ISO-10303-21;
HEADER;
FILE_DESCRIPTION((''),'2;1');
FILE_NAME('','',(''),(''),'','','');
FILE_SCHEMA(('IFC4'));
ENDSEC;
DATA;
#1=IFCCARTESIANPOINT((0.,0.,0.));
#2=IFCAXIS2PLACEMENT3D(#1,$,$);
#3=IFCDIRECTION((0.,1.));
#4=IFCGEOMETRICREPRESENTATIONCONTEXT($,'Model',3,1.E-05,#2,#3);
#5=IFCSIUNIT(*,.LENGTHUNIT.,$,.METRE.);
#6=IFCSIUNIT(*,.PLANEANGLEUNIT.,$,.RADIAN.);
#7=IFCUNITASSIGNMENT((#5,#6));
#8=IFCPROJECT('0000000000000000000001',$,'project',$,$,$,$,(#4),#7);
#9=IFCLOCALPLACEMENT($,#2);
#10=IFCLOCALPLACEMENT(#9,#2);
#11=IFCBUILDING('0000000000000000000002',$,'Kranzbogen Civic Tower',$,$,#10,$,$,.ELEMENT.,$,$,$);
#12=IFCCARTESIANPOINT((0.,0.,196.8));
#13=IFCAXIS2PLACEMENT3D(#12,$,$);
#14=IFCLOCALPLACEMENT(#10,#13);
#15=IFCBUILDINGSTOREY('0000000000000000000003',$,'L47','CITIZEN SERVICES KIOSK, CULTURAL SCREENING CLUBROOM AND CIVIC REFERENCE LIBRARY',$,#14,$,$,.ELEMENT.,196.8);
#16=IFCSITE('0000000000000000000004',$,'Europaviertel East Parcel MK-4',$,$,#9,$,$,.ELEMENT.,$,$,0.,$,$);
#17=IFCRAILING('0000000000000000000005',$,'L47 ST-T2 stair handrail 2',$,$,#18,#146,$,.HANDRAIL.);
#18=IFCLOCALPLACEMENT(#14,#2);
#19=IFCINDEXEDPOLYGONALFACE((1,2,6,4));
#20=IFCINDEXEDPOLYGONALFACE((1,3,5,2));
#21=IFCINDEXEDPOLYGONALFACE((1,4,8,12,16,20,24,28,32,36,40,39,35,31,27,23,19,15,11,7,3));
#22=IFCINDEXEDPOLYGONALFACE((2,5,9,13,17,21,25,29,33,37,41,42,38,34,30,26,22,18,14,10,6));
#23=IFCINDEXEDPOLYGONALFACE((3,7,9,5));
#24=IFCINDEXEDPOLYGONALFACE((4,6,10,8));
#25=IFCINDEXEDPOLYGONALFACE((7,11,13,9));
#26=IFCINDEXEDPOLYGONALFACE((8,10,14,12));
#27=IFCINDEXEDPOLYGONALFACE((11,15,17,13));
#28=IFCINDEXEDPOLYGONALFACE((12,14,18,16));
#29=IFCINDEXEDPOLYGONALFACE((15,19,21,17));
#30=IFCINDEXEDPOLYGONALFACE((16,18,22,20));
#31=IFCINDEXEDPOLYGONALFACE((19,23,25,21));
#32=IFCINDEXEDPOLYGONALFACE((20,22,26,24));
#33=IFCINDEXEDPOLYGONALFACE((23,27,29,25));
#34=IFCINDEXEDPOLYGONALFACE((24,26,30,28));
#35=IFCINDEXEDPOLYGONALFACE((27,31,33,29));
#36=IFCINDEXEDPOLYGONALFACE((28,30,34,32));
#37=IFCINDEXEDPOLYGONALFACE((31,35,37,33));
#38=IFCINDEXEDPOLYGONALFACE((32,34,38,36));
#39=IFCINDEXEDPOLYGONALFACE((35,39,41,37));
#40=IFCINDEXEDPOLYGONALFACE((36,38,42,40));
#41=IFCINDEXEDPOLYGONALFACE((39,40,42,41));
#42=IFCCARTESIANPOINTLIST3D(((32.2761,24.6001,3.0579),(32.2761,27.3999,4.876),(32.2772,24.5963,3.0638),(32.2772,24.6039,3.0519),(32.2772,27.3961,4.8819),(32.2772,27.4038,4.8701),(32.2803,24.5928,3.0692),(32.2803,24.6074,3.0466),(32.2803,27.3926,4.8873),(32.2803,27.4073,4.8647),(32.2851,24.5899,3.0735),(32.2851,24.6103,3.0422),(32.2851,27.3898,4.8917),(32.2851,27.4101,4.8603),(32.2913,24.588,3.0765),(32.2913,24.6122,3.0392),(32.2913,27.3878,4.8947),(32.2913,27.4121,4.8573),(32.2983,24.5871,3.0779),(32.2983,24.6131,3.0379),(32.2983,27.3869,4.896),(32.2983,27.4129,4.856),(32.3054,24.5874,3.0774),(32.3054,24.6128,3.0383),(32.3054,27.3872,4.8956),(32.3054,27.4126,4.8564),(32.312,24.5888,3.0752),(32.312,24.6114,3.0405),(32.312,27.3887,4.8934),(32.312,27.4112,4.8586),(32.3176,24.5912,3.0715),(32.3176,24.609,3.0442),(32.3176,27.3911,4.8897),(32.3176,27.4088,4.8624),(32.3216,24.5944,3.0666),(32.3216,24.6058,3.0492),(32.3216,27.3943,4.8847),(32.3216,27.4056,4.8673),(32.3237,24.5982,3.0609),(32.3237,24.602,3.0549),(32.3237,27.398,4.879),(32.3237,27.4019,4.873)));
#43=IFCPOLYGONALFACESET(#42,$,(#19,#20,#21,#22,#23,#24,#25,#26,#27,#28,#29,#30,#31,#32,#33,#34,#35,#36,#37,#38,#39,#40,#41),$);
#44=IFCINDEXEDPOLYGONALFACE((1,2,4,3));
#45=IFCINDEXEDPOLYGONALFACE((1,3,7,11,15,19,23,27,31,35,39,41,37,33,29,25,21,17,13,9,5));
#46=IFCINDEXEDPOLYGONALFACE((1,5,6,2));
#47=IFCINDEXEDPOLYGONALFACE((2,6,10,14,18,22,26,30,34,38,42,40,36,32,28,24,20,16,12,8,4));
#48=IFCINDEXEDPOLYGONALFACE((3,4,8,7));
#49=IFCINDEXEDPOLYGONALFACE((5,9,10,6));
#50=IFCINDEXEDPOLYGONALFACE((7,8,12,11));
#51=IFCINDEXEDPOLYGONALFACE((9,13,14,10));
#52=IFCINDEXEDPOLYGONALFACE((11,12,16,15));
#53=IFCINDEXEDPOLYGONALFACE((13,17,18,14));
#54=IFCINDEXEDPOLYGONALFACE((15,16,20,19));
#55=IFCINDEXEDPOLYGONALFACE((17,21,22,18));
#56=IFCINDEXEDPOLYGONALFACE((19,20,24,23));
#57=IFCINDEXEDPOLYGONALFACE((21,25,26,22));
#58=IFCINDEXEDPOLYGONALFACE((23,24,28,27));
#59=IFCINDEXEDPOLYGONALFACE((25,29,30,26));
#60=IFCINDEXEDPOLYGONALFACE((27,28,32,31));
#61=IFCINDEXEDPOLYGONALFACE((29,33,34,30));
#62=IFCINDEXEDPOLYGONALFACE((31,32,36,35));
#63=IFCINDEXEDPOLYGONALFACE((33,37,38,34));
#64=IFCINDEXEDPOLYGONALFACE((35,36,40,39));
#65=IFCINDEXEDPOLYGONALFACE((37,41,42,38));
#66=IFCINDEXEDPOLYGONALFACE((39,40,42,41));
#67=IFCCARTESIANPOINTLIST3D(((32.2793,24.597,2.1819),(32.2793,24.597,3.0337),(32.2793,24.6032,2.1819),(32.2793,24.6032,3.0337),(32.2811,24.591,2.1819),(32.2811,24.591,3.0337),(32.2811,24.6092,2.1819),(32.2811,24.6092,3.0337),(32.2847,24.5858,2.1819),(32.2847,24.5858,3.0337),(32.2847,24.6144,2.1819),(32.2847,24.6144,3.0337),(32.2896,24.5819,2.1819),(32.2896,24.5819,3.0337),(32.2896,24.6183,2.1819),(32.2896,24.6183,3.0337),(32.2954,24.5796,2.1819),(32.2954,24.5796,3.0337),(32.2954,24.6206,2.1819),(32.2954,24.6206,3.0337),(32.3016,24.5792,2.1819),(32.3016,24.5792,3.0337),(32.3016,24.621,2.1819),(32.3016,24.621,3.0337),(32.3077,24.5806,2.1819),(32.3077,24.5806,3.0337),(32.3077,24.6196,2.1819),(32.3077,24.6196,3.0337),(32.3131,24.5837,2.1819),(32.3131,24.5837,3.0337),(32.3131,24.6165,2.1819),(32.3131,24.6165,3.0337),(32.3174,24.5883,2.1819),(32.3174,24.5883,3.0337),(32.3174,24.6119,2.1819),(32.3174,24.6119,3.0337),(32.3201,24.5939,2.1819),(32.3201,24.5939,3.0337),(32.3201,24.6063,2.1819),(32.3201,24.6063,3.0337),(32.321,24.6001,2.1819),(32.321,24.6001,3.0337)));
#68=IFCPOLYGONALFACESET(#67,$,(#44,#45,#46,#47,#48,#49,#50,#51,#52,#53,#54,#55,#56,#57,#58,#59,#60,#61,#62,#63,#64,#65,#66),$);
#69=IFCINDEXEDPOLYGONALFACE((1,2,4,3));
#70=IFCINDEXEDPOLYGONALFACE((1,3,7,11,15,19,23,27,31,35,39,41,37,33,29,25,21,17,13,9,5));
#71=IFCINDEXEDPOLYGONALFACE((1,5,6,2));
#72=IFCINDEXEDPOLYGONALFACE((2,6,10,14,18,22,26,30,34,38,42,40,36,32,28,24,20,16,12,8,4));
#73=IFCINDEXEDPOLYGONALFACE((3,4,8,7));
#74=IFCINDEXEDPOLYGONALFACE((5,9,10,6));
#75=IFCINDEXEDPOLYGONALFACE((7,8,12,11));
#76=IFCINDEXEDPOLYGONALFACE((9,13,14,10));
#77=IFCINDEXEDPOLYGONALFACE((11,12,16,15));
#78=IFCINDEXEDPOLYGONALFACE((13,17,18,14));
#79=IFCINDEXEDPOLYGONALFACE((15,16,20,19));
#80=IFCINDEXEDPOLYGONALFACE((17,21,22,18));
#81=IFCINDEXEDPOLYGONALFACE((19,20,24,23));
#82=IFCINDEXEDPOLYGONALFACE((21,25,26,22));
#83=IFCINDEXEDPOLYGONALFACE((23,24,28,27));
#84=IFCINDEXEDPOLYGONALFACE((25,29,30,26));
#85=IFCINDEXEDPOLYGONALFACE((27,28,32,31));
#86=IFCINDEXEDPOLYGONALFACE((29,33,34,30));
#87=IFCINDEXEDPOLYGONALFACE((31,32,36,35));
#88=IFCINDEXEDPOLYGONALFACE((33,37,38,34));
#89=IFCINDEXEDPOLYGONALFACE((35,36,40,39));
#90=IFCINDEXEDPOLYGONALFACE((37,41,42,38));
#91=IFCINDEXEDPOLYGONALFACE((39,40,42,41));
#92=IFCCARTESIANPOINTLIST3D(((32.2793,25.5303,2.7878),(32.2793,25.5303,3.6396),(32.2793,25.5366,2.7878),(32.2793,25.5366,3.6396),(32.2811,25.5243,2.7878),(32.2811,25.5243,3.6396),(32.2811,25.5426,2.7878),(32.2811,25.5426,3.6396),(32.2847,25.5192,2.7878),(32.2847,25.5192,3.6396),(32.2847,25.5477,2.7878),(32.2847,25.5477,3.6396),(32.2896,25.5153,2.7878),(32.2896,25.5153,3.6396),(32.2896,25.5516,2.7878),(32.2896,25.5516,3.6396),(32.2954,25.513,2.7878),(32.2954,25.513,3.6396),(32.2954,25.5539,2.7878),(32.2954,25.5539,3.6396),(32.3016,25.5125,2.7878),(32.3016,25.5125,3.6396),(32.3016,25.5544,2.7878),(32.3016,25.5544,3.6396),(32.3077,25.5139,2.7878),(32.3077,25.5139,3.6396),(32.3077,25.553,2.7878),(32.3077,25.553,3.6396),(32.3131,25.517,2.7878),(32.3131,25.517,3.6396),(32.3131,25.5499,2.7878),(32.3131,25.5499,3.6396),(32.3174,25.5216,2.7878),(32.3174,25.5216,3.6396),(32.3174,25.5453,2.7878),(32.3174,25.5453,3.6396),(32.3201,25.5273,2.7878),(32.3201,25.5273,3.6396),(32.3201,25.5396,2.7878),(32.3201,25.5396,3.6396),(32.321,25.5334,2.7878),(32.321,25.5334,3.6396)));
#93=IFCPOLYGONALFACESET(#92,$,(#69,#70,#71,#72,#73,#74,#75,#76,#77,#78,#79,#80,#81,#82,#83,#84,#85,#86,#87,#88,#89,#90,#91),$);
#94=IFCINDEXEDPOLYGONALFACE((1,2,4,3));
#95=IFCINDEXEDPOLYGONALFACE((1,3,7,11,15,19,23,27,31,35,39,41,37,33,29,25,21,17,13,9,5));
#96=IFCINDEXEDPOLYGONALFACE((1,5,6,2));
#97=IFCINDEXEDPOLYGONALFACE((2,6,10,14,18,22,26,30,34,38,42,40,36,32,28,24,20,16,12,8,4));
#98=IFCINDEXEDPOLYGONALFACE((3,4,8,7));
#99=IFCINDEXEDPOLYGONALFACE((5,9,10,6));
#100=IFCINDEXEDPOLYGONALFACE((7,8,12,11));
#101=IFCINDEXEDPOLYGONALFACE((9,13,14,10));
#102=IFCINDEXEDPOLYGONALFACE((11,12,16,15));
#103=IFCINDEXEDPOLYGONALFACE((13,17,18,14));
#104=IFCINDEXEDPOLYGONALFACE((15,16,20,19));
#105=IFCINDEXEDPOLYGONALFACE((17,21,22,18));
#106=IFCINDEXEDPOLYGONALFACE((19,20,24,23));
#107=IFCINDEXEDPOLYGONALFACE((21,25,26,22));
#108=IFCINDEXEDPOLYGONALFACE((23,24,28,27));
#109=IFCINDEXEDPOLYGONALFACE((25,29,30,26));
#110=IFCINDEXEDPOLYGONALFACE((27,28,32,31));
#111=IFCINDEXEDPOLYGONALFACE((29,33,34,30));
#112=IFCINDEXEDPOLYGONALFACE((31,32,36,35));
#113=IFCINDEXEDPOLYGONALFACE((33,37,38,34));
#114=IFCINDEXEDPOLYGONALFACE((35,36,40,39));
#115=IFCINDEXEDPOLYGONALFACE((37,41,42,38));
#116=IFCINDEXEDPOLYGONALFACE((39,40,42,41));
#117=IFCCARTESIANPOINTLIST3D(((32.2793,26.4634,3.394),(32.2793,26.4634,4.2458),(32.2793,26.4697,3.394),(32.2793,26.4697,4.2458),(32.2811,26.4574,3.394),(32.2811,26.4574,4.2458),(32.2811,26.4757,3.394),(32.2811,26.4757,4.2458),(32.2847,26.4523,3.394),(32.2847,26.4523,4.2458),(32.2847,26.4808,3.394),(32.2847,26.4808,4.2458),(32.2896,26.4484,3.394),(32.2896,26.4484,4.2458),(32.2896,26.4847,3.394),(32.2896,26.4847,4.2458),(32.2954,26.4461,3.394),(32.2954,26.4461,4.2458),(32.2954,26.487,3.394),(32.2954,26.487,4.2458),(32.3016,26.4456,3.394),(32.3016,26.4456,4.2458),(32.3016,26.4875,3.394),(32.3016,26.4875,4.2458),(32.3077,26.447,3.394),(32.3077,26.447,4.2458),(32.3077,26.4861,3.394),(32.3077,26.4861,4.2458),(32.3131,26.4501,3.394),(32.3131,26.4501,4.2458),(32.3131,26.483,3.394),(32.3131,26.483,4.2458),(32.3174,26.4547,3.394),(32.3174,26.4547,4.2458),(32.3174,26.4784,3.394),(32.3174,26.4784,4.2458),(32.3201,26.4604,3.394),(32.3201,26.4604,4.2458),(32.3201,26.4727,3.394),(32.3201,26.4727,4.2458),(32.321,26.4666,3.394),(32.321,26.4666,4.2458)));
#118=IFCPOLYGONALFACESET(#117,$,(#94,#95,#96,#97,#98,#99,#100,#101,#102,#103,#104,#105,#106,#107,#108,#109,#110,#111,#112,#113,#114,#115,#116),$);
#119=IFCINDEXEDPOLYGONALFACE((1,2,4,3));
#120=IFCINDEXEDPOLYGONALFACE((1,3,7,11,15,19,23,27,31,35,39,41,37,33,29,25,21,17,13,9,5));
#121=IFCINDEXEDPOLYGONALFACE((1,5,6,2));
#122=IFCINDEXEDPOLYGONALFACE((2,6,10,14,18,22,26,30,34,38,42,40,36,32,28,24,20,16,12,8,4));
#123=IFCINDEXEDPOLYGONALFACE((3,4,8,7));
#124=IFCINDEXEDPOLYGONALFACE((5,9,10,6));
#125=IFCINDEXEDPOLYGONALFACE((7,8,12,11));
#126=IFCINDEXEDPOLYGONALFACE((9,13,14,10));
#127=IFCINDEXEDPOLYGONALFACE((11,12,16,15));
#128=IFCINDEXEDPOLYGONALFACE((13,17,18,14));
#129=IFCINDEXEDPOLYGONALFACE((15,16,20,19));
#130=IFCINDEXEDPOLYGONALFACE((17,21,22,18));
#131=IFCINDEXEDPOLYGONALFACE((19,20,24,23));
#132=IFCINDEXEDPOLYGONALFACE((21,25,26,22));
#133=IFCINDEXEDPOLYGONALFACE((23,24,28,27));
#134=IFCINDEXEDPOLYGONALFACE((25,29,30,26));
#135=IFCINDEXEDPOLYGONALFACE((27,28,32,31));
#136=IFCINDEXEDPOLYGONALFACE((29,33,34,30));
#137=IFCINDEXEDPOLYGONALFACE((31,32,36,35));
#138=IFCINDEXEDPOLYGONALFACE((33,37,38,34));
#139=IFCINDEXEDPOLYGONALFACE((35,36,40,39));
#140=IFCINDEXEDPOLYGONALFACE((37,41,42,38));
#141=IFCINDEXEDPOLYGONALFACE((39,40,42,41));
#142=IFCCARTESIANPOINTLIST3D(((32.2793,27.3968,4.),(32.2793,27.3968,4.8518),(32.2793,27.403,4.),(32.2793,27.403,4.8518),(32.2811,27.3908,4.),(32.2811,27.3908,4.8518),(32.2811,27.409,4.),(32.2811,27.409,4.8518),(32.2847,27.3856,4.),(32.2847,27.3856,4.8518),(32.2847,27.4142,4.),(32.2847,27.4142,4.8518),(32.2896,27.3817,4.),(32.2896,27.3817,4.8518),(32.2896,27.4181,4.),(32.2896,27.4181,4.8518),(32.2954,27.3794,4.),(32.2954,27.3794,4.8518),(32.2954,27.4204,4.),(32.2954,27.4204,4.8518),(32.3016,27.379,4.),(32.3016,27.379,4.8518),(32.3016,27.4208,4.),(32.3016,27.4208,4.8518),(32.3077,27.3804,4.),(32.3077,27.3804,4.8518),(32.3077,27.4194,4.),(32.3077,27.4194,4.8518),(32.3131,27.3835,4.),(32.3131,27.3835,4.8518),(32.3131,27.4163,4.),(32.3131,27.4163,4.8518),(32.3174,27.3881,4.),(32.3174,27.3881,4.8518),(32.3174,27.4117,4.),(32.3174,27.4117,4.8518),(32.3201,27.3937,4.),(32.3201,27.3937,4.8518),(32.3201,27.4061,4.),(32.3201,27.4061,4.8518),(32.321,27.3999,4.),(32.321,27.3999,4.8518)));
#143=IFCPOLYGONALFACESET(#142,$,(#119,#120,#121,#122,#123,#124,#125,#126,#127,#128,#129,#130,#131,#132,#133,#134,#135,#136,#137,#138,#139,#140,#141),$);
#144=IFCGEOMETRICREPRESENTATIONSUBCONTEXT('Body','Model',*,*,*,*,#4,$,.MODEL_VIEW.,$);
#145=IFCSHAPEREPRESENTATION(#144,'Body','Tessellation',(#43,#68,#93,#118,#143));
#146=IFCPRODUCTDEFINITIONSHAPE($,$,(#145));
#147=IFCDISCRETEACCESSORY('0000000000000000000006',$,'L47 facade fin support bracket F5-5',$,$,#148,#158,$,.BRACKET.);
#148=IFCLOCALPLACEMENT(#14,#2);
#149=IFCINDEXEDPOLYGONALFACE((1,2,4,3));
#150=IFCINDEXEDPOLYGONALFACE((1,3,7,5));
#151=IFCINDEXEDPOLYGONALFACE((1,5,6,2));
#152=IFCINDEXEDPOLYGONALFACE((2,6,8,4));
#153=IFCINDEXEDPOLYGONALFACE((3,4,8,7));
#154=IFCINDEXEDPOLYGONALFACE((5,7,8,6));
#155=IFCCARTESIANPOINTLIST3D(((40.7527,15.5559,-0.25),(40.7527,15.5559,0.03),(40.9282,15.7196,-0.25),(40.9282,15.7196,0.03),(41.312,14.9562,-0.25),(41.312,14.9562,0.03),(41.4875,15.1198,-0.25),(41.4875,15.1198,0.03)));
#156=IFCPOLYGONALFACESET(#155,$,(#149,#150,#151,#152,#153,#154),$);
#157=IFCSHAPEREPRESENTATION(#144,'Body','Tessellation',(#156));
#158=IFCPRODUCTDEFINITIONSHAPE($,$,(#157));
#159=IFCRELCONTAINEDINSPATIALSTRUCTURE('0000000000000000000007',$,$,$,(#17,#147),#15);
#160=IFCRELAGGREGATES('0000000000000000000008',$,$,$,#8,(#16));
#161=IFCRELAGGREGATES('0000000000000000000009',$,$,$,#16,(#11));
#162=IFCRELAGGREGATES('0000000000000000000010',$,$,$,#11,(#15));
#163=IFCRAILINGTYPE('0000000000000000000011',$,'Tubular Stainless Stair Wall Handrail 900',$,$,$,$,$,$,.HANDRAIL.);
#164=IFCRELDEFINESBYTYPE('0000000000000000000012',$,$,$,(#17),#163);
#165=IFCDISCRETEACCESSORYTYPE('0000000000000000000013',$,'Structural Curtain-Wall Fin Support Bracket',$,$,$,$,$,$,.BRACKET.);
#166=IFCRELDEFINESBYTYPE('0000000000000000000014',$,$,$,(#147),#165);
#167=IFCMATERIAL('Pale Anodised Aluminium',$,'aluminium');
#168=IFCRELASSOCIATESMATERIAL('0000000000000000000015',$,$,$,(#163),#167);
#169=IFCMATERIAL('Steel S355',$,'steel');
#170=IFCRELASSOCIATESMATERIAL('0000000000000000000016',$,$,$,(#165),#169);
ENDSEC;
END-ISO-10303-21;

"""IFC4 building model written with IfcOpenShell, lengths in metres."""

from ifc_helpers import new_model, si_unit, direction, frame, origin, origin_2d, place, context, subcontext, project, spatial, rectangle, circle, extrude, material, type_object, element, save


model = new_model("IFC4")

# Units and contexts
model_context = context("Model", 3, precision=1e-05, world=origin(), true_north=direction((0.0, 1.0)))
body_context = subcontext(model_context, "Body", "Model", "MODEL_VIEW")
ifc_project = project(units=[si_unit("LENGTHUNIT", "METRE"), si_unit("PLANEANGLEUNIT", "RADIAN")], contexts=[model_context])

# Site, building, storey
site_placement = place(None, origin())
site = spatial("IfcSite", under=ifc_project, at=site_placement, Name="Europaviertel East Parcel MK-4", CompositionType="ELEMENT", RefElevation=0.0)
building_placement = place(site_placement, origin())
building = spatial("IfcBuilding", under=site, at=building_placement, Name="Kranzbogen Civic Tower", CompositionType="ELEMENT")
storey_placement = place(building_placement, frame((0.0, 0.0, 196.8)))
storey = spatial("IfcBuildingStorey", under=building, at=storey_placement, Name="L47", Description="CITIZEN SERVICES KIOSK, CULTURAL SCREENING CLUBROOM AND CIVIC REFERENCE LIBRARY", CompositionType="ELEMENT", Elevation=196.8)

# Shared definitions
ifc_material_1 = material(Name="Steel S355", Category="steel")

# Shared definitions
ifc_material_2 = material(Name="Pale Anodised Aluminium", Category="aluminium")

# Railing
railing_type_1 = type_object("IfcRailingType", Name="Tubular Stainless Stair Wall Handrail 900", PredefinedType="HANDRAIL", material=ifc_material_2)
railing_1_placement = place(storey_placement, frame((32.3, 24.6001, 2.1819)))
element("IfcRailing", 1, at=railing_1_placement, inside=storey, type_object=railing_type_1, Name="L47 ST-T2 stair handrail 2", PredefinedType="HANDRAIL", context=body_context, shape_type="SweptSolid", body=[
    extrude(circle(Radius=0.0239, at=origin_2d()), frame((0.0, 0.0, 0.876), z_axis=(0.0, 0.838684, 0.544618), x_axis=(-1.0, 0.0, 0.0)), (0.0, 0.0, 1.0), 3.3384),
    extrude(circle(Radius=0.021, at=origin_2d()), origin(), (0.0, 0.0, 1.0), 0.8518),
    extrude(circle(Radius=0.021, at=origin_2d()), frame((0.0, 0.9333, 0.606)), (0.0, 0.0, 1.0), 0.8518),
    extrude(circle(Radius=0.021, at=origin_2d()), frame((0.0, 1.8665, 1.2122)), (0.0, 0.0, 1.0), 0.8518),
    extrude(circle(Radius=0.021, at=origin_2d()), frame((0.0, 2.7998, 1.8181)), (0.0, 0.0, 1.0), 0.8518),
])

# Discrete accessory
discrete_accessory_type = type_object("IfcDiscreteAccessoryType", Name="Structural Curtain-Wall Fin Support Bracket", PredefinedType="BRACKET", material=ifc_material_1)
discrete_accessory_placement = place(storey_placement, frame((41.1201, 15.3379, -0.25), z_axis=(0.0, 0.0, 1.0), x_axis=(0.681998, -0.731354, 0.0)))
element("IfcDiscreteAccessory", 2, at=discrete_accessory_placement, inside=storey, type_object=discrete_accessory_type, Name="L47 facade fin support bracket F5-5", PredefinedType="BRACKET", context=body_context, shape_type="SweptSolid", body=[
    extrude(rectangle(XDim=0.8201, YDim=0.24, at=origin_2d()), origin(), (0.0, 0.0, 1.0), 0.28),
])

save(model, "model.ifc")
